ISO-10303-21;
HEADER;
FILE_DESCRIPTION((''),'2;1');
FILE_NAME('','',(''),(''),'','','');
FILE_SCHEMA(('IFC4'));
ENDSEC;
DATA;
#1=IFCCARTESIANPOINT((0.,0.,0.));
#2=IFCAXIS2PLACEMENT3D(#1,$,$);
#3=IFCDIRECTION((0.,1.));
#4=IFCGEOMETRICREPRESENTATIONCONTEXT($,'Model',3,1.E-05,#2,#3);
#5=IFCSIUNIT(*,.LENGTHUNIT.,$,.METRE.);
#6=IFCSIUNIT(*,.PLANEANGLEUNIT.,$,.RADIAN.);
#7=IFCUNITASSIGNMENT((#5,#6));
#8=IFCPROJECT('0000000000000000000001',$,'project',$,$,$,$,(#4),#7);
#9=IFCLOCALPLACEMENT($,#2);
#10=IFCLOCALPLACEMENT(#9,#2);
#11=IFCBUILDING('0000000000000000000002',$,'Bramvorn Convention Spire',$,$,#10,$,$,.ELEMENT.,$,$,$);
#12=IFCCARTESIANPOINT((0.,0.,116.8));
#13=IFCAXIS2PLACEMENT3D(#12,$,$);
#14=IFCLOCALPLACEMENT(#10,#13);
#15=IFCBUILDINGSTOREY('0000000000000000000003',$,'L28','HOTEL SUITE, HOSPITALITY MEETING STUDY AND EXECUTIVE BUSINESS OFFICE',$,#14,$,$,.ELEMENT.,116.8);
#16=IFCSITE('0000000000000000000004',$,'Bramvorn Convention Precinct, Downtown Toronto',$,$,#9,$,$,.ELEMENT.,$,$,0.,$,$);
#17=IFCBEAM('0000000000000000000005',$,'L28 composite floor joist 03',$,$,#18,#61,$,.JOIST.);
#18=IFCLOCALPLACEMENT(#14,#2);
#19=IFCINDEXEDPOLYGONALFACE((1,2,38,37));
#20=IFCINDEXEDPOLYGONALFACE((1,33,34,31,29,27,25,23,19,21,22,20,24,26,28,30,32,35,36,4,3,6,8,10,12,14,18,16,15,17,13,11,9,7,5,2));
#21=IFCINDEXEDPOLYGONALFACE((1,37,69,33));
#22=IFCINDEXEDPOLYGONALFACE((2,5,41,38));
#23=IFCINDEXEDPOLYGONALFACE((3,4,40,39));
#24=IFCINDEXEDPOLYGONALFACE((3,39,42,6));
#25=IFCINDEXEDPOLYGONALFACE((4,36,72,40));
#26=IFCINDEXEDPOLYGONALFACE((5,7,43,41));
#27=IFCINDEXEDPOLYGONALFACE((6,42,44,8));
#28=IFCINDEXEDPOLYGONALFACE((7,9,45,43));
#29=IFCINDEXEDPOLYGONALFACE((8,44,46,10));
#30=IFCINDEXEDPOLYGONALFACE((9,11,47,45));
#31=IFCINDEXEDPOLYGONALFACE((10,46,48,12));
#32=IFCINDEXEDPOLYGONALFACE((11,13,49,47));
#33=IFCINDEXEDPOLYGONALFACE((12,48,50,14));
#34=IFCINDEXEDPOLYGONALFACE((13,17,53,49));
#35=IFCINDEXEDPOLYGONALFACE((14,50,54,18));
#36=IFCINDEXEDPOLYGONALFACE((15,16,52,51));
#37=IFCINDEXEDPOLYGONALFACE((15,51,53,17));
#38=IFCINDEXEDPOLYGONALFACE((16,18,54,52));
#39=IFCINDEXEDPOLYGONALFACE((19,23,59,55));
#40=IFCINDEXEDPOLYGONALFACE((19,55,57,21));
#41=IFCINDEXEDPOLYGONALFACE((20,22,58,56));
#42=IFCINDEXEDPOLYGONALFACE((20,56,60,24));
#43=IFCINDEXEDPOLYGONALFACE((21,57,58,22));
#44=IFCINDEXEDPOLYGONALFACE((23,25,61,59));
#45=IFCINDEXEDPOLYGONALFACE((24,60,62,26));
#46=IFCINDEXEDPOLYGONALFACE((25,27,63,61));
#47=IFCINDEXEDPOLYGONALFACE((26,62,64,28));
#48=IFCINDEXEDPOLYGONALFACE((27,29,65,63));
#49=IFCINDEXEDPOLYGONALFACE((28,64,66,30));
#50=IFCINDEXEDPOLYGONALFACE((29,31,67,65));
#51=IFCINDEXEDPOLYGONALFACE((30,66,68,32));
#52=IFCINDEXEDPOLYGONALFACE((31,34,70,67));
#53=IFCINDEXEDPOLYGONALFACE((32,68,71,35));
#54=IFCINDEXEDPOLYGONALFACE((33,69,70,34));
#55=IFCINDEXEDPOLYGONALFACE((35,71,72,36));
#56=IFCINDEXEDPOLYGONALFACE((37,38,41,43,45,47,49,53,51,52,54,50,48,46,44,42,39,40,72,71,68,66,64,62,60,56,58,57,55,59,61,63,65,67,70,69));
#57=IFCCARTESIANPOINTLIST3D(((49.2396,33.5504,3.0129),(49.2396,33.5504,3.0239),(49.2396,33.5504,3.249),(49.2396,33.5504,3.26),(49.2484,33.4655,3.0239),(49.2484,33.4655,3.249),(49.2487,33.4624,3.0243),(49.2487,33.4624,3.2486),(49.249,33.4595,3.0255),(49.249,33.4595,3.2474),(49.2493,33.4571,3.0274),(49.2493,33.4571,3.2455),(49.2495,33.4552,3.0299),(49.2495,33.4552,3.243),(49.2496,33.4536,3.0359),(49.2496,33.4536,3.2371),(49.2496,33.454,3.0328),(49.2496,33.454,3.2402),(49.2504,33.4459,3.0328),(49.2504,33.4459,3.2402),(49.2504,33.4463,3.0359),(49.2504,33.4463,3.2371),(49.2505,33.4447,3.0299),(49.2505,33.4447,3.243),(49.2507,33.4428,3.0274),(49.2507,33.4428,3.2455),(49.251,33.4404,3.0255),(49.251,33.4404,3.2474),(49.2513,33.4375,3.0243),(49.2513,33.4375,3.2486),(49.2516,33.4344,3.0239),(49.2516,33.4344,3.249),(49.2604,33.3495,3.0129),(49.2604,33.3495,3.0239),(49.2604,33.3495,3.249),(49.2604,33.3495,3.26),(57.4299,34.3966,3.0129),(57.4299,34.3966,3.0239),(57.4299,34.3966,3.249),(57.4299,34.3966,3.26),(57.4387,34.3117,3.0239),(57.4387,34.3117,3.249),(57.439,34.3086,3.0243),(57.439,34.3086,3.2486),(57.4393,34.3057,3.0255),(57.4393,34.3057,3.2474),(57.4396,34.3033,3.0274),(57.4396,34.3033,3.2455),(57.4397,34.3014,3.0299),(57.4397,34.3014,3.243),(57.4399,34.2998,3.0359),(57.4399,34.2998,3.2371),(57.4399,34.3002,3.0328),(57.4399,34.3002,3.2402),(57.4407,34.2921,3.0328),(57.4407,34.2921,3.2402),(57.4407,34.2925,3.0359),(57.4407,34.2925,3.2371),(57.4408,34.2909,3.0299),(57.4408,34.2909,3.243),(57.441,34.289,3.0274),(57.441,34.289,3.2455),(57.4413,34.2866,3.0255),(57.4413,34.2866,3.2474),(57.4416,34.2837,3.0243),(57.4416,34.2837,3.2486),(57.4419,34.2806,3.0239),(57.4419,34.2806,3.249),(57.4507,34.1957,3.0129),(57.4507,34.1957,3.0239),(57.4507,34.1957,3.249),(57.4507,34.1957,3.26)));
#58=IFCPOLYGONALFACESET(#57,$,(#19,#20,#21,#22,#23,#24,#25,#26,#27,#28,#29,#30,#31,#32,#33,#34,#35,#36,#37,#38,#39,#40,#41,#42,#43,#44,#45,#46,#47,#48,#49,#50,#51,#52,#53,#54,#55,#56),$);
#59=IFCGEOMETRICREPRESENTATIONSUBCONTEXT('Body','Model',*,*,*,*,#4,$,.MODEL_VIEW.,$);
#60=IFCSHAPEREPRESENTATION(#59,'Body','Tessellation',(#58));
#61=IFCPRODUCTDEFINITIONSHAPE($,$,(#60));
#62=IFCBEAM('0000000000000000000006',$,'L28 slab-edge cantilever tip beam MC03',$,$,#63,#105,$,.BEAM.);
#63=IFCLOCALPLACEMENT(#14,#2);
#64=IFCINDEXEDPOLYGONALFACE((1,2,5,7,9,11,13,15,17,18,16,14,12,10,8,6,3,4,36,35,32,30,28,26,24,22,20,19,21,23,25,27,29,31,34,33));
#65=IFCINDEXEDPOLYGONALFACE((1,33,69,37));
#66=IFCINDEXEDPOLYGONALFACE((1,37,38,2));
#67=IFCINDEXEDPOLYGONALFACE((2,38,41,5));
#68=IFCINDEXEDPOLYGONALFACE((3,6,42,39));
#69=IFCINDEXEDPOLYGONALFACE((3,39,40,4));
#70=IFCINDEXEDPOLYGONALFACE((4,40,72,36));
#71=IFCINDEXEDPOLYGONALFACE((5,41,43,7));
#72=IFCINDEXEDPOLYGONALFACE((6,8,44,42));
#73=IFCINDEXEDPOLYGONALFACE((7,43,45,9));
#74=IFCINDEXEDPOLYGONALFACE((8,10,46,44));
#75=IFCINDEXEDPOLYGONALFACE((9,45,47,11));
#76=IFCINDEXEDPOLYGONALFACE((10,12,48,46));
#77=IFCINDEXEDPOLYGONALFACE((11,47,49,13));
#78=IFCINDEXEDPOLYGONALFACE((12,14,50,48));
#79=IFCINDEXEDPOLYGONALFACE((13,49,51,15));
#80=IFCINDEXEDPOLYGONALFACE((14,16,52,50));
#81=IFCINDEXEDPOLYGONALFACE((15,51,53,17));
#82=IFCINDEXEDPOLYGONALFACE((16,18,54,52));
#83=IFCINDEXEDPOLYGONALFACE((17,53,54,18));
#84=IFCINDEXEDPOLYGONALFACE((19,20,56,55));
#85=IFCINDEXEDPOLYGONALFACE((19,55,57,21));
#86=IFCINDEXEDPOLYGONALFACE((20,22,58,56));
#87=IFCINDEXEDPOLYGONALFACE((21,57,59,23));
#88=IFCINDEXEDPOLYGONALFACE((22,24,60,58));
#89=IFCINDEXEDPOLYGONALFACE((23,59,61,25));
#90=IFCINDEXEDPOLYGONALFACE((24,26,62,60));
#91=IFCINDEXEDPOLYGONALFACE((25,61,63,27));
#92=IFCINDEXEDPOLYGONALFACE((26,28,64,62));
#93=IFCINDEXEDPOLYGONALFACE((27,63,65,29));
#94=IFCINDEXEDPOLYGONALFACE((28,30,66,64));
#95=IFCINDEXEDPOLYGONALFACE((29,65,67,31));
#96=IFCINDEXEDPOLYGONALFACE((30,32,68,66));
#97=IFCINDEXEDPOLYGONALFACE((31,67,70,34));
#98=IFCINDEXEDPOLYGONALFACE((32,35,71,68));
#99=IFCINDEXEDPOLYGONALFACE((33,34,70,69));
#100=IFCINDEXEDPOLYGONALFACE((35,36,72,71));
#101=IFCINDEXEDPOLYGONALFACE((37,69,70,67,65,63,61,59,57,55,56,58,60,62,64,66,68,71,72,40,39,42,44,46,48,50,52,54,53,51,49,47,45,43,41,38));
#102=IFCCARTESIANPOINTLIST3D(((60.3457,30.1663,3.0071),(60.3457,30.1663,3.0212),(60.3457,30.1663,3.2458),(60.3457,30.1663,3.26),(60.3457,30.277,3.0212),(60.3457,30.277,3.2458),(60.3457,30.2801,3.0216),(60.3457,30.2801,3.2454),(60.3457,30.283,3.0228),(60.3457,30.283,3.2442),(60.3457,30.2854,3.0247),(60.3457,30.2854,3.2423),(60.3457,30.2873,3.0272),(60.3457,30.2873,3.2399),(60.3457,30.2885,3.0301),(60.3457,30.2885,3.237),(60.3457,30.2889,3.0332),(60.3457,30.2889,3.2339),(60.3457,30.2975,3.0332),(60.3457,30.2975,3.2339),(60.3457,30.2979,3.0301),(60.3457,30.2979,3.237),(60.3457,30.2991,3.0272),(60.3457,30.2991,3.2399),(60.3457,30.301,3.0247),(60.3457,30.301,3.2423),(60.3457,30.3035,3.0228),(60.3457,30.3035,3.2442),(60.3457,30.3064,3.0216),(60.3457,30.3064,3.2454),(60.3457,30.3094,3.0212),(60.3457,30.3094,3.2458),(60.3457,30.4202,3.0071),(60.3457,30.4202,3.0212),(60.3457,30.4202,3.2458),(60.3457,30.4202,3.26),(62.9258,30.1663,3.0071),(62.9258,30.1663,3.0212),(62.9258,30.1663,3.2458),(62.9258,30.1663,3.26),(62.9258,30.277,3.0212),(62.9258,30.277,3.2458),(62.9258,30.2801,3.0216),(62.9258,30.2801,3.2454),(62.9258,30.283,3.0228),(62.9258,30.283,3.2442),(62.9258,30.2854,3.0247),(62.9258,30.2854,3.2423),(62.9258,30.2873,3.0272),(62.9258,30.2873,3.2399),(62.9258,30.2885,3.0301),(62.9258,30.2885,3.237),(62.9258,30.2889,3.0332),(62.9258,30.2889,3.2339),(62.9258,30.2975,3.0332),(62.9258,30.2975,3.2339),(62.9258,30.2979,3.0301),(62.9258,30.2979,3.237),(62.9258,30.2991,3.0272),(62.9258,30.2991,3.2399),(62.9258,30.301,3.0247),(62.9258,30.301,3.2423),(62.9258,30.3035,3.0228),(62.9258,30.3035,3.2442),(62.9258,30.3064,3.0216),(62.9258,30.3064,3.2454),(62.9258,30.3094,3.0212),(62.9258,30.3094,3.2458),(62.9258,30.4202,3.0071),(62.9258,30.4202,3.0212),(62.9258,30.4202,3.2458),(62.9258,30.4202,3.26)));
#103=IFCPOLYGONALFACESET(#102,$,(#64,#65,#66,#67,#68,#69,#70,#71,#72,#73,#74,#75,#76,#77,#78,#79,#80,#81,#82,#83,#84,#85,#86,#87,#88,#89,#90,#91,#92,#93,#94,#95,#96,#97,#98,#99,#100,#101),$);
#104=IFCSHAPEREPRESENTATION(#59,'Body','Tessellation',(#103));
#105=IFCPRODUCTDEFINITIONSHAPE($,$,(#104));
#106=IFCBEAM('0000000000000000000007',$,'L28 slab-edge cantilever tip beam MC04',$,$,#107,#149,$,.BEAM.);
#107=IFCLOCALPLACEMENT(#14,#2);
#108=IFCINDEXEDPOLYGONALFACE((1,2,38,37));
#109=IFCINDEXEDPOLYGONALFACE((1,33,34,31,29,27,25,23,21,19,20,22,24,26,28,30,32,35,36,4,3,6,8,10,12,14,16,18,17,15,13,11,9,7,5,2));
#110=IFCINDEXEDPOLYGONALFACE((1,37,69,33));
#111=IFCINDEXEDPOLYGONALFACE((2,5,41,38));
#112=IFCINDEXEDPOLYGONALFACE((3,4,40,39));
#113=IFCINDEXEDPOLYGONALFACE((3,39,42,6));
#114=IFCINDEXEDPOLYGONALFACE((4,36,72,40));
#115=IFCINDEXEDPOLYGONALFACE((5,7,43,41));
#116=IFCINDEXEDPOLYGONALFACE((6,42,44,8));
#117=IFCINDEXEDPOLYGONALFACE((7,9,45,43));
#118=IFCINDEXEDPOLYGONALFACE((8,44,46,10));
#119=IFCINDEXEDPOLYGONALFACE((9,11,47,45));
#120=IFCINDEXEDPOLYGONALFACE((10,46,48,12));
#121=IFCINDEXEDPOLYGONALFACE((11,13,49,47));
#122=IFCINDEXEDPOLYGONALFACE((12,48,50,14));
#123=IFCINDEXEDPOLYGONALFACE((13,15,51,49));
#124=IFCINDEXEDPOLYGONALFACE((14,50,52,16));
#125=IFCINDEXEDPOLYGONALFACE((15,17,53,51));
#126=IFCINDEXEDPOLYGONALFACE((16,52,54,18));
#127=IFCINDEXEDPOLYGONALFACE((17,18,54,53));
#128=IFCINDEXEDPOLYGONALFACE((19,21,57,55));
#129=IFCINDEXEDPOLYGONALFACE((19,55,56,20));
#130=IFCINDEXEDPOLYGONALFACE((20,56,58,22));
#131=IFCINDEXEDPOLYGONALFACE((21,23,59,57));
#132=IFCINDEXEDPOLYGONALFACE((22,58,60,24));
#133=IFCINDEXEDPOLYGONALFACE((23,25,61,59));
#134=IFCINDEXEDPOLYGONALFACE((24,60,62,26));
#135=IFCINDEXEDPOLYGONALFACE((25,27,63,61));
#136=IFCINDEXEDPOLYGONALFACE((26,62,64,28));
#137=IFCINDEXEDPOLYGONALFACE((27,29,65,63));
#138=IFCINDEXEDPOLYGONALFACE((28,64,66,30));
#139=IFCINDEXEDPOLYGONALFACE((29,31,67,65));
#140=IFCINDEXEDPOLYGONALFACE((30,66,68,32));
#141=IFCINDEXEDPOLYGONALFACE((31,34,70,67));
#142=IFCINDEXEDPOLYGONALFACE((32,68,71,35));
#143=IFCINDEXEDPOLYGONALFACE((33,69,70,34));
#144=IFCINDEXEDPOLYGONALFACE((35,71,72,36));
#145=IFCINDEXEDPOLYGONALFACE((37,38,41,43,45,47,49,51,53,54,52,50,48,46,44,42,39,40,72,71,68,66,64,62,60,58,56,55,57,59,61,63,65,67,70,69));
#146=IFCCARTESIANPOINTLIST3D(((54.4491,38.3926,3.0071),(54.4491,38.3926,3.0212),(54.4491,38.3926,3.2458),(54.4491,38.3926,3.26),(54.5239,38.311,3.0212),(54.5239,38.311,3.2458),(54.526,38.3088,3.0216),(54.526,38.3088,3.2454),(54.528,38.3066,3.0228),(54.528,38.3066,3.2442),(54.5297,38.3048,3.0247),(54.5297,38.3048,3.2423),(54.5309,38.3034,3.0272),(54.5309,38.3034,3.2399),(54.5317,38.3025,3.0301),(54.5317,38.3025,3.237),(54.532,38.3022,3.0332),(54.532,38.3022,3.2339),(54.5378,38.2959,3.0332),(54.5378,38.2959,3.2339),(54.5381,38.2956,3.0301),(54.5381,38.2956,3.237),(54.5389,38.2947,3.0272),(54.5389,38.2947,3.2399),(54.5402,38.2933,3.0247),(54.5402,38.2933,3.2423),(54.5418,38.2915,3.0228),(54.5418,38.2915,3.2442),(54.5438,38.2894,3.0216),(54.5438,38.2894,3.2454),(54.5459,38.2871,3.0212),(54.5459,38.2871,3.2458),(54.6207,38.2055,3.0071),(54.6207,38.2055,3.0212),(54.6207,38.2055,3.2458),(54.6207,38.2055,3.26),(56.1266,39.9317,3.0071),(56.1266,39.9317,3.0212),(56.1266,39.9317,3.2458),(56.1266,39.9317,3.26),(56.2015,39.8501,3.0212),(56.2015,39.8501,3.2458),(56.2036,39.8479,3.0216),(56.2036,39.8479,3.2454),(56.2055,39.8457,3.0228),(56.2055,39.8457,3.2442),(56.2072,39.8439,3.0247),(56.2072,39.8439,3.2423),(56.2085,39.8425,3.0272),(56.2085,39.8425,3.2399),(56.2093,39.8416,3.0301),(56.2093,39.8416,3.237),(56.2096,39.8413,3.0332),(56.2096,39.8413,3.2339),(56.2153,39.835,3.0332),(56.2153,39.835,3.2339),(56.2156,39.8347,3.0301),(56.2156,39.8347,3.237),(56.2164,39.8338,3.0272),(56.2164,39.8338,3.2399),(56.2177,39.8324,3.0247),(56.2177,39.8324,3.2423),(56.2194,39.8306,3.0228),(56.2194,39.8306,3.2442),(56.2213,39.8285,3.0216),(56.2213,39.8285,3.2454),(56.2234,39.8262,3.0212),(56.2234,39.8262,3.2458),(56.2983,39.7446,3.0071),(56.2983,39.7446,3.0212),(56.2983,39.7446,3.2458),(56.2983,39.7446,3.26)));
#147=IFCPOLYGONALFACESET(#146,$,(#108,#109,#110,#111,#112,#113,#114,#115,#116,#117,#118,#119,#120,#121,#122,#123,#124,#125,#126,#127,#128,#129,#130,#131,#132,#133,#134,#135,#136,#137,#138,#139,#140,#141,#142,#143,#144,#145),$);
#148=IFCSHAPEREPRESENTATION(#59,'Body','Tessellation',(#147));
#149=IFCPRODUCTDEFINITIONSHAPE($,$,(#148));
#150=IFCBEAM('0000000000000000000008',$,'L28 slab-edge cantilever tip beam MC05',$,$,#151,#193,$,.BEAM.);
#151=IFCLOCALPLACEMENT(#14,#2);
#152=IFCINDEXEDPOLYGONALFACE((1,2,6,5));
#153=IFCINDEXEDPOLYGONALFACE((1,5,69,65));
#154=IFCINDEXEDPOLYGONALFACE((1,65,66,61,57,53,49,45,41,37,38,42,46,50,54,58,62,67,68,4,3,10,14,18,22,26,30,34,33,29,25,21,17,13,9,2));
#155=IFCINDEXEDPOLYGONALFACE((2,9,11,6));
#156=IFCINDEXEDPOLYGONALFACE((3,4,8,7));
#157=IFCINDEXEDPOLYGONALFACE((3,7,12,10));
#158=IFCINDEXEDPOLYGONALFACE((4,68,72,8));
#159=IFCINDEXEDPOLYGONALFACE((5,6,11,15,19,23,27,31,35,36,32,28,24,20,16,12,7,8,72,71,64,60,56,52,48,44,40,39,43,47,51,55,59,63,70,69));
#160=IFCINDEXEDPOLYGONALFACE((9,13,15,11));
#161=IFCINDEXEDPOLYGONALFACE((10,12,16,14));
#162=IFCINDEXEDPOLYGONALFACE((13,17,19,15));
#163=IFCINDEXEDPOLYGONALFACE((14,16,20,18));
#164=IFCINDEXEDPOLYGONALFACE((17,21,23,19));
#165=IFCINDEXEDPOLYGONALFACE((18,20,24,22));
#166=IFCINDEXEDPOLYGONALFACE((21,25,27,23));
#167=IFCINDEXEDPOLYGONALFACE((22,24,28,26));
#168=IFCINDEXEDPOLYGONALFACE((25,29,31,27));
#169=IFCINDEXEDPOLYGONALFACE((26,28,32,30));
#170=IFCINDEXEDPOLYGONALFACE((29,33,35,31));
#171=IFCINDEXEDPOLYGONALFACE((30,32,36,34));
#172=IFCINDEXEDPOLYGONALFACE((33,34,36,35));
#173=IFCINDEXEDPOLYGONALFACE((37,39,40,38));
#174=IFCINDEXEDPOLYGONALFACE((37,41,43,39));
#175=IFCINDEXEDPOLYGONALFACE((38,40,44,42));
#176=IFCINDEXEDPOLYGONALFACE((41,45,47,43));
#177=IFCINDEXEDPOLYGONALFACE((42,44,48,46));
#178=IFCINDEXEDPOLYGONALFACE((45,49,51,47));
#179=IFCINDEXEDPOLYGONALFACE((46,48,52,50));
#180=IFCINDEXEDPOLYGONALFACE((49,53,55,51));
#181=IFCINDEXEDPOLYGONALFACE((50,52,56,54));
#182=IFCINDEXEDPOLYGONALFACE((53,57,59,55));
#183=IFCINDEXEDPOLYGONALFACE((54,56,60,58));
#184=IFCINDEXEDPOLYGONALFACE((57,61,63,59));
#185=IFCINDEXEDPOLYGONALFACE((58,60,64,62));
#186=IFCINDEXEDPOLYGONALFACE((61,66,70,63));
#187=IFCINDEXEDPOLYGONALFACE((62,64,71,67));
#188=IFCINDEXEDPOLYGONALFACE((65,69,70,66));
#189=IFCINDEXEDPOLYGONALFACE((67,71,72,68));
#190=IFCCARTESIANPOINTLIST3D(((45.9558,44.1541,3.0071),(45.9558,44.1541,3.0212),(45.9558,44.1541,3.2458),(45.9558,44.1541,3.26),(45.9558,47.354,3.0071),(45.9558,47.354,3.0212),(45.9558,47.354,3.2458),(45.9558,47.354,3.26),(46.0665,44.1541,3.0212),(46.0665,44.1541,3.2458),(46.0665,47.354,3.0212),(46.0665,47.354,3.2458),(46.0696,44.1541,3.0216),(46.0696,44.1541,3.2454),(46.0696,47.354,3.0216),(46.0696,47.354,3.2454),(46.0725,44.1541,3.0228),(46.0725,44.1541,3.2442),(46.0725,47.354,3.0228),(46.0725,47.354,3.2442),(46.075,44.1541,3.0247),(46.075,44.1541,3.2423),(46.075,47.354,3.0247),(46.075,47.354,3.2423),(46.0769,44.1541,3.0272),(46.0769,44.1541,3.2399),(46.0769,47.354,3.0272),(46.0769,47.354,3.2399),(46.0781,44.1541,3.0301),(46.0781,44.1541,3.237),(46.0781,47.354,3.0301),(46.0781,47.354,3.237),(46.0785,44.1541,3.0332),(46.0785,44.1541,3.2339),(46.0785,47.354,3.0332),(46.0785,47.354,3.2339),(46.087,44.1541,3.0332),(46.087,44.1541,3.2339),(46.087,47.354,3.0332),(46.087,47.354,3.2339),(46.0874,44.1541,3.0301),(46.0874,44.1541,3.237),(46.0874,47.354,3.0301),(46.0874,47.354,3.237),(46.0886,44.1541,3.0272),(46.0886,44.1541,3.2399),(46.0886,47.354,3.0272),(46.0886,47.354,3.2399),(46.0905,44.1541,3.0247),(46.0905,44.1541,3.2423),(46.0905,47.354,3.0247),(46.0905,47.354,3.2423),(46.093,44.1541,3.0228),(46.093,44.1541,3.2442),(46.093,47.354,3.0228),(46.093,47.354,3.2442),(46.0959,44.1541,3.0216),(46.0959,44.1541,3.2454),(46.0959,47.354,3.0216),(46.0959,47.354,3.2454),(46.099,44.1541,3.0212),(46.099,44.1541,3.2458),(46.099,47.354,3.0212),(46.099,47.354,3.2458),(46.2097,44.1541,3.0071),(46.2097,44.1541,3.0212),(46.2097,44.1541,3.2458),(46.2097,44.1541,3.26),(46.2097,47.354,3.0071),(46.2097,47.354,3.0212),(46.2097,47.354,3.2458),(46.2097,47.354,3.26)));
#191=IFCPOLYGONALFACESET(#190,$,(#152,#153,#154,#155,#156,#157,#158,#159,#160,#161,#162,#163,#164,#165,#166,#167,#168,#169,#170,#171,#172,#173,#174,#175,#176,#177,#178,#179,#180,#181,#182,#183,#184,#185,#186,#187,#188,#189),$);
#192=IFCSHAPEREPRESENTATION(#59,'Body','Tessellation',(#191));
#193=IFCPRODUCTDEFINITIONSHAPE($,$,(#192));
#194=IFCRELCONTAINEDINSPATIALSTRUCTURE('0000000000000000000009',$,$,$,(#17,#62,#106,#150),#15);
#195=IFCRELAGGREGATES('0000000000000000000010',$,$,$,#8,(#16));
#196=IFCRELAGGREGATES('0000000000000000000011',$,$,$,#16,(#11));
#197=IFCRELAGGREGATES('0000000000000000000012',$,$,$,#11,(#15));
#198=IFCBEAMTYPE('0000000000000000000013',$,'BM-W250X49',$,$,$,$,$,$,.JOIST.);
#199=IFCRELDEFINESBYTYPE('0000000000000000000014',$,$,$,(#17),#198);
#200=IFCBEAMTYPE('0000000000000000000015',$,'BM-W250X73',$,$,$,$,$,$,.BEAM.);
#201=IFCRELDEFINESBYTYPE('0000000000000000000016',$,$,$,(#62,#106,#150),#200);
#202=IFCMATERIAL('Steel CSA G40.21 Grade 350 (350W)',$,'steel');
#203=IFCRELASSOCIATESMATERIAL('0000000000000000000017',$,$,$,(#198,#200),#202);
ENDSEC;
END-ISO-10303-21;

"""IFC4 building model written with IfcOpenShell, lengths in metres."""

from ifc_helpers import new_model, si_unit, direction, frame, origin, origin_2d, place, context, subcontext, project, spatial, i_section, extrude, material, material_profile, profile_set, type_object, element, save


model = new_model("IFC4")

# Units and contexts
model_context = context("Model", 3, precision=1e-05, world=origin(), true_north=direction((0.0, 1.0)))
body_context = subcontext(model_context, "Body", "Model", "MODEL_VIEW")
ifc_project = project(units=[si_unit("LENGTHUNIT", "METRE"), si_unit("PLANEANGLEUNIT", "RADIAN")], contexts=[model_context])

# Site, building, storey
site_placement = place(None, origin())
site = spatial("IfcSite", under=ifc_project, at=site_placement, Name="Bramvorn Convention Precinct, Downtown Toronto", CompositionType="ELEMENT", RefElevation=0.0)
building_placement = place(site_placement, origin())
building = spatial("IfcBuilding", under=site, at=building_placement, Name="Bramvorn Convention Spire", CompositionType="ELEMENT")
storey_placement = place(building_placement, frame((0.0, 0.0, 116.8)))
storey = spatial("IfcBuildingStorey", under=building, at=storey_placement, Name="L28", Description="HOTEL SUITE, HOSPITALITY MEETING STUDY AND EXECUTIVE BUSINESS OFFICE", CompositionType="ELEMENT", Elevation=116.8)

# Shared definitions
ifc_material_1 = material(Name="Steel CSA G40.21 Grade 350 (350W)", Category="steel")

# Beams
ifc_material_profile_1 = material_profile(ifc_material_1, i_section(OverallWidth=0.2019, OverallDepth=0.2471, WebThickness=0.0073, FlangeThickness=0.011, FilletRadius=0.012, at=origin_2d()))
ifc_profile_set_1 = profile_set([ifc_material_profile_1], Name="Steel CSA G40.21 Grade 350 (350W) - W250X49")
beam_type_1 = type_object("IfcBeamType", Name="BM-W250X49", PredefinedType="JOIST", material=ifc_profile_set_1)
beam_1_placement = place(storey_placement, frame((49.25, 33.45, 3.1365), z_axis=(0.994705, 0.102771, 0.0), x_axis=(-0.102771, 0.994705, 0.0)))
element("IfcBeam", 1, at=beam_1_placement, inside=storey, type_object=beam_type_1, Name="L28 composite floor joist 03", PredefinedType="JOIST", context=body_context, shape_type="SweptSolid", body=[
    extrude(i_section(OverallWidth=0.2019, OverallDepth=0.2471, WebThickness=0.0073, FlangeThickness=0.011, FilletRadius=0.012, at=origin_2d()), origin(), (0.0, 0.0, 1.0), 8.2339),
])
ifc_material_profile_2 = material_profile(ifc_material_1, i_section(OverallWidth=0.2539, OverallDepth=0.2529, WebThickness=0.0085, FlangeThickness=0.0142, FilletRadius=0.012, at=origin_2d()))
ifc_profile_set_2 = profile_set([ifc_material_profile_2], Name="Steel CSA G40.21 Grade 350 (350W) - W250X73")
beam_type_2 = type_object("IfcBeamType", Name="BM-W250X73", PredefinedType="BEAM", material=ifc_profile_set_2)
beam_2_placement = place(storey_placement, frame((60.3457, 30.2932, 3.1335), z_axis=(1.0, 0.0, 0.0), x_axis=(0.0, 1.0, 0.0)))
element("IfcBeam", 2, at=beam_2_placement, inside=storey, type_object=beam_type_2, Name="L28 slab-edge cantilever tip beam MC03", PredefinedType="BEAM", context=body_context, shape_type="SweptSolid", body=[
    extrude(i_section(OverallWidth=0.2539, OverallDepth=0.2529, WebThickness=0.0085, FlangeThickness=0.0142, FilletRadius=0.012, at=origin_2d()), origin(), (0.0, 0.0, 1.0), 2.5801),
])
beam_3_placement = place(storey_placement, frame((54.5349, 38.2991, 3.1335), z_axis=(0.736856, 0.67605, 0.0), x_axis=(-0.67605, 0.736856, 0.0)))
element("IfcBeam", 3, at=beam_3_placement, inside=storey, type_object=beam_type_2, Name="L28 slab-edge cantilever tip beam MC04", PredefinedType="BEAM", context=body_context, shape_type="SweptSolid", body=[
    extrude(i_section(OverallWidth=0.2539, OverallDepth=0.2529, WebThickness=0.0085, FlangeThickness=0.0142, FilletRadius=0.012, at=origin_2d()), origin(), (0.0, 0.0, 1.0), 2.2766),
])
beam_4_placement = place(storey_placement, frame((46.0828, 44.1541, 3.1335), z_axis=(0.0, 1.0, 0.0), x_axis=(-1.0, 0.0, 0.0)))
element("IfcBeam", 4, at=beam_4_placement, inside=storey, type_object=beam_type_2, Name="L28 slab-edge cantilever tip beam MC05", PredefinedType="BEAM", context=body_context, shape_type="SweptSolid", body=[
    extrude(i_section(OverallWidth=0.2539, OverallDepth=0.2529, WebThickness=0.0085, FlangeThickness=0.0142, FilletRadius=0.012, at=origin_2d()), origin(), (0.0, 0.0, 1.0), 3.2),
])

save(model, "model.ifc")
